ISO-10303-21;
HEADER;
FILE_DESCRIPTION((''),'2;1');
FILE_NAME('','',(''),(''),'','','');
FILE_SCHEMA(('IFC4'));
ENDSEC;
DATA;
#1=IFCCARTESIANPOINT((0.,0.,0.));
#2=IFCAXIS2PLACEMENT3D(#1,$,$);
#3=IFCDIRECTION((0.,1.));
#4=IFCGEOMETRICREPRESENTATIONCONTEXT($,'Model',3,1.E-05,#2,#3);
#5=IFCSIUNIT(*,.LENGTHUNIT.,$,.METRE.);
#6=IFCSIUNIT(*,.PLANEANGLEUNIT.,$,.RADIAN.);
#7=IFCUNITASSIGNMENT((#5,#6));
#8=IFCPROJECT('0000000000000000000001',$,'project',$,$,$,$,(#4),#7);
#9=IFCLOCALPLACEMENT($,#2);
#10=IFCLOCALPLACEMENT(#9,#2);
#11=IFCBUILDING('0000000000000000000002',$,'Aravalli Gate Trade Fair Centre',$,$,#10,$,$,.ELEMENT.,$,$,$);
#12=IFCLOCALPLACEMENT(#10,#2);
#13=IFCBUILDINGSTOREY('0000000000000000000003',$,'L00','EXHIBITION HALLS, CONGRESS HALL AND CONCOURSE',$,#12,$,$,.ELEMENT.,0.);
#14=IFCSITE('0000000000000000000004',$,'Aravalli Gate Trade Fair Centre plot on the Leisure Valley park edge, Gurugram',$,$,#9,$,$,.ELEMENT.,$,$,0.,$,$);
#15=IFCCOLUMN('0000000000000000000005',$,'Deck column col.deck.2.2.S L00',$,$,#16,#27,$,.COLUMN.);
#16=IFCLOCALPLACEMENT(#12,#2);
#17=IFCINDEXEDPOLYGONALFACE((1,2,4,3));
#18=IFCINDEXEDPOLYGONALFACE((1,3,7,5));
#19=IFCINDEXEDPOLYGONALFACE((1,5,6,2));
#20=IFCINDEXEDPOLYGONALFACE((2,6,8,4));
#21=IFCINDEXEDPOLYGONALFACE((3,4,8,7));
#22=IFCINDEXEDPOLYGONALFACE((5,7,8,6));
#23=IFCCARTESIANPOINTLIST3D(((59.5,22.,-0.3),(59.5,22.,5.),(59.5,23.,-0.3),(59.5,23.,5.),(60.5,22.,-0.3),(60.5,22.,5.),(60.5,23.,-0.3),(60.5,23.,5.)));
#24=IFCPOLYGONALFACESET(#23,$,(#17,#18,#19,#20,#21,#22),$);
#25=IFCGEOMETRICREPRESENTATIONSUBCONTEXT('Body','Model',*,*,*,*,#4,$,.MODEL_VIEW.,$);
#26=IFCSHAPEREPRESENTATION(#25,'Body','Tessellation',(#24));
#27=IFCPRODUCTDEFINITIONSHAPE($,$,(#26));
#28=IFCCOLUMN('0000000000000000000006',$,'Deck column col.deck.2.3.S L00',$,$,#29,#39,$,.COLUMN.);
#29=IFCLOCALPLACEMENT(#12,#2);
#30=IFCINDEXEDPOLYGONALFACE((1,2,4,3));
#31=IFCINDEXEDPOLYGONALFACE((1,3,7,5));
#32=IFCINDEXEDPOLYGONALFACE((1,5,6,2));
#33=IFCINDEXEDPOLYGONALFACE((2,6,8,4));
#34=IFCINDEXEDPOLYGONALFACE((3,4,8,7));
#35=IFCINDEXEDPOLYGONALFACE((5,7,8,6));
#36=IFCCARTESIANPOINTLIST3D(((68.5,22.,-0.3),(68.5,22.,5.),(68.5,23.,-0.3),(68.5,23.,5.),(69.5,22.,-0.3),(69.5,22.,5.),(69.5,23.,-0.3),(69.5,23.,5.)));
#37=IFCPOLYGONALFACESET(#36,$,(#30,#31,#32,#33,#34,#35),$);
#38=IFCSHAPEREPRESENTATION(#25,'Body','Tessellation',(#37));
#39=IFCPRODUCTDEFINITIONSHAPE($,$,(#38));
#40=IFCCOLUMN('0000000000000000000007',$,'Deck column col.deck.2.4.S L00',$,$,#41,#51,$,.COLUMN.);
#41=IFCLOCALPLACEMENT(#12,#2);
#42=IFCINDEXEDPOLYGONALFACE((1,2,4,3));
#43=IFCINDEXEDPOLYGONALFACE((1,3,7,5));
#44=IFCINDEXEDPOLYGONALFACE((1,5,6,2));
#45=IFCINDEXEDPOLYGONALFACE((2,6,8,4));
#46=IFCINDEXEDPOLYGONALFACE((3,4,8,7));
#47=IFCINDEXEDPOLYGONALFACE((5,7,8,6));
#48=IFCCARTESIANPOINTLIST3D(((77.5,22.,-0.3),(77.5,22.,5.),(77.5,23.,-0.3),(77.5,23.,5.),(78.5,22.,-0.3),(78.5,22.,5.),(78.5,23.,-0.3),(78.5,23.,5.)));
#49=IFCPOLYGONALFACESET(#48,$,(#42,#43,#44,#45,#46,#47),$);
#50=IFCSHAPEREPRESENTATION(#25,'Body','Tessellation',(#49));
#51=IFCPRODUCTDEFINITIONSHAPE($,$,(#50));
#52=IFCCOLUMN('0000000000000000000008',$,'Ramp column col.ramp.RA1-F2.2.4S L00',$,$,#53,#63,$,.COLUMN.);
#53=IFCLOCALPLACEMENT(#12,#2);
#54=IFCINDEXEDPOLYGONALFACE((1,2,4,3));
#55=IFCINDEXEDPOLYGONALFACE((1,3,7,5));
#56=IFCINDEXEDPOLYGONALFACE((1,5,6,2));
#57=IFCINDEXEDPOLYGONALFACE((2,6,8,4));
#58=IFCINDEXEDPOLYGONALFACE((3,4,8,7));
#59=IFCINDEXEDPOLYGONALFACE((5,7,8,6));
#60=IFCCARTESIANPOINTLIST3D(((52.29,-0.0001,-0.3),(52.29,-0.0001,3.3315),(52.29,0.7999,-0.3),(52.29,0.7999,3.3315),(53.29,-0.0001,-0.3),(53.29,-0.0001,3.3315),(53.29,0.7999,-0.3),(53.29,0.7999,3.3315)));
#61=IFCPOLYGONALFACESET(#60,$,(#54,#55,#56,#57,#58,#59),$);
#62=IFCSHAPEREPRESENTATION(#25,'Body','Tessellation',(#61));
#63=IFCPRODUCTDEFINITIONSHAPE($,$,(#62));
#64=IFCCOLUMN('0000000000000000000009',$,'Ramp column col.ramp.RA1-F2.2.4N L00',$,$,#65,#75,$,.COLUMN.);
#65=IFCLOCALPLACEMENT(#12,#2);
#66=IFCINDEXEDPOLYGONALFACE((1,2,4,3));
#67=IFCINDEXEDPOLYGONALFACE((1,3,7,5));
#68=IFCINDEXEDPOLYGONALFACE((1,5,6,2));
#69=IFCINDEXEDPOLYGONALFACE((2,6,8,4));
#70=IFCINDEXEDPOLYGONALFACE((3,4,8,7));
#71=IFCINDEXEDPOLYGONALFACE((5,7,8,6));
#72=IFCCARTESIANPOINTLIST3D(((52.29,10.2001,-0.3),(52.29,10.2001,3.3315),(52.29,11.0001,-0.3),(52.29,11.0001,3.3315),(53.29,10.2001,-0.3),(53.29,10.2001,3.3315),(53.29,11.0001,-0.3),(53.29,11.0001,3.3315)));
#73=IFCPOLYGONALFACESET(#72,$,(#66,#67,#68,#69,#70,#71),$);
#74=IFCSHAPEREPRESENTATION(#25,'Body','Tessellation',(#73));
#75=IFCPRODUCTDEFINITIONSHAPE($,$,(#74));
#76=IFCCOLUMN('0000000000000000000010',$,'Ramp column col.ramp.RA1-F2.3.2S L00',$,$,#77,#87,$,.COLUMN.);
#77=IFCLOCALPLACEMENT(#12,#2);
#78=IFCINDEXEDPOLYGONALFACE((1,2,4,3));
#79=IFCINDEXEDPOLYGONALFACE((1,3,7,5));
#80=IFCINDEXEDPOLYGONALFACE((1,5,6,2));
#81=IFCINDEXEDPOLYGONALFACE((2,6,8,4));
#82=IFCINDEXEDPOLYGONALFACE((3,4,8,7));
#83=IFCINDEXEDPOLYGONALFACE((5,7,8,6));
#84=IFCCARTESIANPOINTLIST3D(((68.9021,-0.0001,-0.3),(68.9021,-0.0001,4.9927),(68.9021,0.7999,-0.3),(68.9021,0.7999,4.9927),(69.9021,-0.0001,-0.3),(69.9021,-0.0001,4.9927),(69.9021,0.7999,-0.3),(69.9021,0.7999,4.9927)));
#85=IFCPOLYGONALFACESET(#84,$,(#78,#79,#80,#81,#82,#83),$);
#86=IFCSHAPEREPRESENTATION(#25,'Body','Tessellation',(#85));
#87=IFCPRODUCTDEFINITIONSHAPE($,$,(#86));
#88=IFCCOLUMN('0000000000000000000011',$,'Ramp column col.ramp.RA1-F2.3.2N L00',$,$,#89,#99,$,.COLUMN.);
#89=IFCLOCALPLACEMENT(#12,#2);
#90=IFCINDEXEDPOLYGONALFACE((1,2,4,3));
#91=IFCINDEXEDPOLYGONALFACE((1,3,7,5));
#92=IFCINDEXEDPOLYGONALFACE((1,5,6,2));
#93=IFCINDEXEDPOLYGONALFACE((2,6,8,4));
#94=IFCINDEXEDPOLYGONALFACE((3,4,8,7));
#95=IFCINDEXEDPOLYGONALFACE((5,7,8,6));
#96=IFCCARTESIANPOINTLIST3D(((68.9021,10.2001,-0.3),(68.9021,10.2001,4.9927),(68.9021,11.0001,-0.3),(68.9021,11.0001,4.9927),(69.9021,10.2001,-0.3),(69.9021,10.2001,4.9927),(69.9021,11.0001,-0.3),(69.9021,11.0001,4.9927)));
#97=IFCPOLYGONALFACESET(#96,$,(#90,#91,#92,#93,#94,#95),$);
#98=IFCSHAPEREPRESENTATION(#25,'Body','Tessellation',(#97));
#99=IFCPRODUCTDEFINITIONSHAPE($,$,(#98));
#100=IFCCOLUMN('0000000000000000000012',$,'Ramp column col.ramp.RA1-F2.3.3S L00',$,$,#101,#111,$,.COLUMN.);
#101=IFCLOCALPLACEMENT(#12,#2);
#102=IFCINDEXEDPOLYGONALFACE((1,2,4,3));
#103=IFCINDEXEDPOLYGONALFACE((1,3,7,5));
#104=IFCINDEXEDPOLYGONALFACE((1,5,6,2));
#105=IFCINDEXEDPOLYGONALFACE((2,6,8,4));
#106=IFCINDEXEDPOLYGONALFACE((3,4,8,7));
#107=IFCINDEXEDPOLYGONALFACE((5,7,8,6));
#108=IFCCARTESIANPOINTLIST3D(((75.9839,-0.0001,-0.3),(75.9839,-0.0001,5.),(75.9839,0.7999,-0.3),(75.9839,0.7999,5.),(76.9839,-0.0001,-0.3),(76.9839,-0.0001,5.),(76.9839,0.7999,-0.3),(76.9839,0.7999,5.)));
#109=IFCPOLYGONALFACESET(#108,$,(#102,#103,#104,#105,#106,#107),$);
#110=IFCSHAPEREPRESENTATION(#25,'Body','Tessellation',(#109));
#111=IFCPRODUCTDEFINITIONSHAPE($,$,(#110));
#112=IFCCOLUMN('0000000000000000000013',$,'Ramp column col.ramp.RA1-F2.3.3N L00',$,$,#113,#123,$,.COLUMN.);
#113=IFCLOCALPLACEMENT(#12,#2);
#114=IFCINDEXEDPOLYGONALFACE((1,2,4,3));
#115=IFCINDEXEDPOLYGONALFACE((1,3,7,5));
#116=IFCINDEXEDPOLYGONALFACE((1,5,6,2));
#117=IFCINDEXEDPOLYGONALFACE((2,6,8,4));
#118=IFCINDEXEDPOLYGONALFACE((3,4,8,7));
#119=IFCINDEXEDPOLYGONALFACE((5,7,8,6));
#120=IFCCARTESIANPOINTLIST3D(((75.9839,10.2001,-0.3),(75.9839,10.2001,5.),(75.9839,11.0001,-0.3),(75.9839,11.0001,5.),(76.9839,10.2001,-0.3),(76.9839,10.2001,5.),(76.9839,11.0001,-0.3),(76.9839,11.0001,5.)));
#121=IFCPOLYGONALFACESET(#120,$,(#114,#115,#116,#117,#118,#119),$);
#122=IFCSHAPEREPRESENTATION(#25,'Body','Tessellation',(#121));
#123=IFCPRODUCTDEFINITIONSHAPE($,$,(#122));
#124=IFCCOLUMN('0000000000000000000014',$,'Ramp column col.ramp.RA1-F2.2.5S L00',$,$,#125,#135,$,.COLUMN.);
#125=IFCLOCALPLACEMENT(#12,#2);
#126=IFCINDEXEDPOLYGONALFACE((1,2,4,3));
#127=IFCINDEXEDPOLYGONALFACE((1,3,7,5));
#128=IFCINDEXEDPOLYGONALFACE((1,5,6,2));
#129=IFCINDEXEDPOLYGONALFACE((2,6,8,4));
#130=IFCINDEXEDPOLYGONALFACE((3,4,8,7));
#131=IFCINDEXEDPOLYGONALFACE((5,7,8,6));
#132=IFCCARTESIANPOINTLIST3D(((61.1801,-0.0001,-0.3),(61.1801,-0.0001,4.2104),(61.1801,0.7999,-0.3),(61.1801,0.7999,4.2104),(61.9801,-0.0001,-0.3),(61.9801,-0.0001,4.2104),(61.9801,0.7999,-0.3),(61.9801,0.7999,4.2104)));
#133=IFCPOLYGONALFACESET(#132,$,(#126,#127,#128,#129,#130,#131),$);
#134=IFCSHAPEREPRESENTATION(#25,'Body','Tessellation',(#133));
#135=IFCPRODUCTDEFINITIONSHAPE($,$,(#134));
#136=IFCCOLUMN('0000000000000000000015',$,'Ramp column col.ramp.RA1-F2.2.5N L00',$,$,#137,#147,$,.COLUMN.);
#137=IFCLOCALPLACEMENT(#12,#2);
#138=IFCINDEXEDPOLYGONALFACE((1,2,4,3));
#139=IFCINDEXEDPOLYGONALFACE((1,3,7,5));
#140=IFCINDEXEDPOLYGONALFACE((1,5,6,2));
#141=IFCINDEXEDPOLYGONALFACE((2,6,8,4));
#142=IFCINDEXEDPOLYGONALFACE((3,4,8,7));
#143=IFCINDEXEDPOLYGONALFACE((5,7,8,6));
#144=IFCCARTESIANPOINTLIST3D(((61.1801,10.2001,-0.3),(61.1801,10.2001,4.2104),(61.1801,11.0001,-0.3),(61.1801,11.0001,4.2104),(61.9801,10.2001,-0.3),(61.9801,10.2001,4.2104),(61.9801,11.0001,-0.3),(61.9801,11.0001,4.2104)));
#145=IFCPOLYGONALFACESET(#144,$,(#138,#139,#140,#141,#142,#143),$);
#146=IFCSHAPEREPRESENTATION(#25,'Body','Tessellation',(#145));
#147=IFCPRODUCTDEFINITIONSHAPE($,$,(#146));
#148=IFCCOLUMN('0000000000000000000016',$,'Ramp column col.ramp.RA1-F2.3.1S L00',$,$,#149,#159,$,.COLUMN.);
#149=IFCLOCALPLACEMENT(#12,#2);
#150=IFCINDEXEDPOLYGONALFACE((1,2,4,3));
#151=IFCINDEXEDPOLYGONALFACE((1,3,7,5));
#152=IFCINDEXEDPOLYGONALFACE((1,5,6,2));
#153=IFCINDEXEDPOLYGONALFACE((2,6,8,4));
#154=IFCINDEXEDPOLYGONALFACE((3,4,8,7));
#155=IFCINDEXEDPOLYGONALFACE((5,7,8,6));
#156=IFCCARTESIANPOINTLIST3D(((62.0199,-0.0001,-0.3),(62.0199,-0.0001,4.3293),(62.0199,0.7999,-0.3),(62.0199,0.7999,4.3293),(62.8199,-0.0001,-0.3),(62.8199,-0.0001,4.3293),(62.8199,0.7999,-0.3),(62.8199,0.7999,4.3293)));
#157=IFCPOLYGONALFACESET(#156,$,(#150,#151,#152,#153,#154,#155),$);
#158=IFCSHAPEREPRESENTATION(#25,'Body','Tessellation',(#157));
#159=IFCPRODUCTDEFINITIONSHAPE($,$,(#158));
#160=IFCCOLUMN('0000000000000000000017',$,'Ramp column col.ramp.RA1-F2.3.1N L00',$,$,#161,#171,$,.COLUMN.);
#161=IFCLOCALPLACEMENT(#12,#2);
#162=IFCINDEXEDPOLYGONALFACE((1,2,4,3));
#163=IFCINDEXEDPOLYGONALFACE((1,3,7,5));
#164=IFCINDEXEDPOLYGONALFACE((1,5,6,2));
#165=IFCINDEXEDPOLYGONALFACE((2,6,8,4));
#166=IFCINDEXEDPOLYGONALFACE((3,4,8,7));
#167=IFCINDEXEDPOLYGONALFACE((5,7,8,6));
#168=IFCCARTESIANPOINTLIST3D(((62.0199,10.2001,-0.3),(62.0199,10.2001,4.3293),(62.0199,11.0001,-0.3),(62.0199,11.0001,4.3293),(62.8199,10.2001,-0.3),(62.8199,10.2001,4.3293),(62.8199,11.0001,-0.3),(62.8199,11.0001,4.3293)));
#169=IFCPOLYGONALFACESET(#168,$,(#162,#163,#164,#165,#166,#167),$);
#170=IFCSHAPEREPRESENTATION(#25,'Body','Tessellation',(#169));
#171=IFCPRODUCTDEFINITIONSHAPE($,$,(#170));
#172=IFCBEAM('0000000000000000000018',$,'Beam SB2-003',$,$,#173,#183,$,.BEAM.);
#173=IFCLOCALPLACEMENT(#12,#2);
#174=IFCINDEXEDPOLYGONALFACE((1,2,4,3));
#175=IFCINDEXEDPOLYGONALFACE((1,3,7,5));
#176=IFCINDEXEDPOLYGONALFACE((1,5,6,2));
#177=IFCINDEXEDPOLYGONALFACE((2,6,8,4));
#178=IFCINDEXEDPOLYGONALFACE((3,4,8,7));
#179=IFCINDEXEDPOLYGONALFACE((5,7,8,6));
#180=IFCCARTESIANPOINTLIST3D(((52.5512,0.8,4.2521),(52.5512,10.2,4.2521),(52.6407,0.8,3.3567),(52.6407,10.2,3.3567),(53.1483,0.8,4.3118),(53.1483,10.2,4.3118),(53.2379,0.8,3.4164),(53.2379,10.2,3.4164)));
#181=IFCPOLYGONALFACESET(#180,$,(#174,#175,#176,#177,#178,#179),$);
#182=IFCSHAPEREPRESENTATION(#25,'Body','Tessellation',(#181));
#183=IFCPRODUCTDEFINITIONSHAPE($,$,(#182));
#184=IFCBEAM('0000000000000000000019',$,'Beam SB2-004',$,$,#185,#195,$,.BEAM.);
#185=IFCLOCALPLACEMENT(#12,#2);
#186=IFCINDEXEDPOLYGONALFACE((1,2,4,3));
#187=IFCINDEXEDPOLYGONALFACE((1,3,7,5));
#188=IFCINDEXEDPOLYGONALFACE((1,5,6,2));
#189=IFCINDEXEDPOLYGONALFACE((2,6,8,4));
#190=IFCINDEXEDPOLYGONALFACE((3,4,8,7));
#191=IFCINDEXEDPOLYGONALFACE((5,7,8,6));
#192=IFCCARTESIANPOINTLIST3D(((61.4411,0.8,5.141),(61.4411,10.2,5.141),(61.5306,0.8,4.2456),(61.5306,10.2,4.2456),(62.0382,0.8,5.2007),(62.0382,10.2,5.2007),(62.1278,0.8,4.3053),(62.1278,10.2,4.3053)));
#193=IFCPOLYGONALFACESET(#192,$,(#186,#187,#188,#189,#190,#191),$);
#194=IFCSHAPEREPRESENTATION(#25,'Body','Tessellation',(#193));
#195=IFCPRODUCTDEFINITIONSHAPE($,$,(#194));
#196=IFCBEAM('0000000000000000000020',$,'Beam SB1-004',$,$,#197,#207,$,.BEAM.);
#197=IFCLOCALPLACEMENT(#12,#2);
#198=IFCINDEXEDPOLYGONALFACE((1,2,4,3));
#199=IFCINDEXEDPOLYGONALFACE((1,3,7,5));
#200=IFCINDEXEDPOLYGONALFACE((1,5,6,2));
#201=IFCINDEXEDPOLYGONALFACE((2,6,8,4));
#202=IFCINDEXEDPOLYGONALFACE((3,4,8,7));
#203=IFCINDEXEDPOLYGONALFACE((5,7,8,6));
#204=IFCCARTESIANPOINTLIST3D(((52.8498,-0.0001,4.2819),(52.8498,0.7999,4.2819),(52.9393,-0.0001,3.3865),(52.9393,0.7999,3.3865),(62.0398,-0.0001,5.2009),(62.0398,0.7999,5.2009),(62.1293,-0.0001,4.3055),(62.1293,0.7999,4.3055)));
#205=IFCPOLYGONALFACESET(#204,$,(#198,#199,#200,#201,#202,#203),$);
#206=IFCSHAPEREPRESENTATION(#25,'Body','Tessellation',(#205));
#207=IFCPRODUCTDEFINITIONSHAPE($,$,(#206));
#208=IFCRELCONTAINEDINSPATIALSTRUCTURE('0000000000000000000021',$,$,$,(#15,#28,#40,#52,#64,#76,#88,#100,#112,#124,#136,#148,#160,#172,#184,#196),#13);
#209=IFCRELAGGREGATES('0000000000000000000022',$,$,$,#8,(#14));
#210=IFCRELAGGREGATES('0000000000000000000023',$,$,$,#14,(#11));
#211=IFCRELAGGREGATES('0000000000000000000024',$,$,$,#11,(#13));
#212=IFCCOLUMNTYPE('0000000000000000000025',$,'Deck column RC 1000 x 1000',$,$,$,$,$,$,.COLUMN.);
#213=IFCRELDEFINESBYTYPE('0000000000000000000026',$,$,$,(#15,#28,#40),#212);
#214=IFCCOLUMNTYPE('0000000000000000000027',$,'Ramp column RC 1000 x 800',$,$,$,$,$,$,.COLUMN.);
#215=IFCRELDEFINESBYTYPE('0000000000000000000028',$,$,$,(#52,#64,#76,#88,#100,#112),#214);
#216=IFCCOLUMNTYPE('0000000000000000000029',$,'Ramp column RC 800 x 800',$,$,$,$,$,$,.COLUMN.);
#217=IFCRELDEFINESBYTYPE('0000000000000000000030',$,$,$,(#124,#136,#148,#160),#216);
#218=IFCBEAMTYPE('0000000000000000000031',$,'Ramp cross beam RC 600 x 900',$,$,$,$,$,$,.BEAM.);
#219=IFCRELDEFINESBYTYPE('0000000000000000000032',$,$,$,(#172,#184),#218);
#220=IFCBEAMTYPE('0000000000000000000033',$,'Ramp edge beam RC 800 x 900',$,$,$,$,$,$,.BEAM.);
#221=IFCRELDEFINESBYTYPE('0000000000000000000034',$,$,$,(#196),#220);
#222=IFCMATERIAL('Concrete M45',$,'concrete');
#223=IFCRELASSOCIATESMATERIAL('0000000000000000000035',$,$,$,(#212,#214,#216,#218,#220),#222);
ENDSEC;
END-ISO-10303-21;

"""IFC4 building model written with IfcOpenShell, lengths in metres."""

from ifc_helpers import new_model, si_unit, direction, frame, origin, origin_2d, place, context, subcontext, project, spatial, rectangle, extrude, material, material_profile, profile_set, type_object, element, save


model = new_model("IFC4")

# Units and contexts
model_context = context("Model", 3, precision=1e-05, world=origin(), true_north=direction((0.0, 1.0)))
body_context = subcontext(model_context, "Body", "Model", "MODEL_VIEW")
ifc_project = project(units=[si_unit("LENGTHUNIT", "METRE"), si_unit("PLANEANGLEUNIT", "RADIAN")], contexts=[model_context])

# Site, building, storey
site_placement = place(None, origin())
site = spatial("IfcSite", under=ifc_project, at=site_placement, Name="Aravalli Gate Trade Fair Centre plot on the Leisure Valley park edge, Gurugram", CompositionType="ELEMENT", RefElevation=0.0)
building_placement = place(site_placement, origin())
building = spatial("IfcBuilding", under=site, at=building_placement, Name="Aravalli Gate Trade Fair Centre", CompositionType="ELEMENT")
storey_placement = place(building_placement, origin())
storey = spatial("IfcBuildingStorey", under=building, at=storey_placement, Name="L00", Description="EXHIBITION HALLS, CONGRESS HALL AND CONCOURSE", CompositionType="ELEMENT", Elevation=0.0)

# Columns
ifc_material = material(Name="Concrete M45", Category="concrete")
ifc_material_profile_1 = material_profile(ifc_material, rectangle(XDim=1.0, YDim=1.0, at=origin_2d()), Name="Deck column RC 1000 x 1000")
ifc_profile_set_1 = profile_set([ifc_material_profile_1], Name="Concrete M45")
column_type_1 = type_object("IfcColumnType", Name="Deck column RC 1000 x 1000", PredefinedType="COLUMN", material=ifc_profile_set_1)
for number, where, z_axis, x_axis, name in (
    (1, (60.0, 22.5, -0.3), (0.0, 0.0, 1.0), (1.0, 0.0, 0.0), "Deck column col.deck.2.2.S L00"),
    (2, (69.0, 22.5, -0.3), (0.0, 0.0, 1.0), (1.0, 0.0, 0.0), "Deck column col.deck.2.3.S L00"),
    (3, (78.0, 22.5, -0.3), (0.0, 0.0, 1.0), (1.0, 0.0, 0.0), "Deck column col.deck.2.4.S L00"),
):
    element("IfcColumn", number, at=place(storey_placement, frame(where, z_axis=z_axis, x_axis=x_axis)), inside=storey, type_object=column_type_1, Name=name, PredefinedType="COLUMN", context=body_context, shape_type="SweptSolid", body=[
        extrude(rectangle(XDim=1.0, YDim=1.0, at=origin_2d()), origin(), (0.0, 0.0, 1.0), 5.3),
    ])
ifc_material_profile_2 = material_profile(ifc_material, rectangle(XDim=1.0, YDim=0.8, at=origin_2d()), Name="Ramp column RC 1000 x 800")
ifc_profile_set_2 = profile_set([ifc_material_profile_2], Name="Concrete M45")
column_type_2 = type_object("IfcColumnType", Name="Ramp column RC 1000 x 800", PredefinedType="COLUMN", material=ifc_profile_set_2)
for number, where, z_axis, x_axis, name in (
    (4, (52.79, 0.3999, -0.3), (0.0, 0.0, 1.0), (1.0, 0.0, 0.0), "Ramp column col.ramp.RA1-F2.2.4S L00"),
    (5, (52.79, 10.6001, -0.3), (0.0, 0.0, 1.0), (1.0, 0.0, 0.0), "Ramp column col.ramp.RA1-F2.2.4N L00"),
):
    element("IfcColumn", number, at=place(storey_placement, frame(where, z_axis=z_axis, x_axis=x_axis)), inside=storey, type_object=column_type_2, Name=name, PredefinedType="COLUMN", context=body_context, shape_type="SweptSolid", body=[
        extrude(rectangle(XDim=1.0, YDim=0.8, at=origin_2d()), origin(), (0.0, 0.0, 1.0), 3.6316),
    ])
for number, where, z_axis, x_axis, name in (
    (6, (69.4021, 0.3999, -0.3), (0.0, 0.0, 1.0), (1.0, 0.0, 0.0), "Ramp column col.ramp.RA1-F2.3.2S L00"),
    (7, (69.4021, 10.6001, -0.3), (0.0, 0.0, 1.0), (1.0, 0.0, 0.0), "Ramp column col.ramp.RA1-F2.3.2N L00"),
):
    element("IfcColumn", number, at=place(storey_placement, frame(where, z_axis=z_axis, x_axis=x_axis)), inside=storey, type_object=column_type_2, Name=name, PredefinedType="COLUMN", context=body_context, shape_type="SweptSolid", body=[
        extrude(rectangle(XDim=1.0, YDim=0.8, at=origin_2d()), origin(), (0.0, 0.0, 1.0), 5.2927),
    ])
for number, where, z_axis, x_axis, name in (
    (8, (76.4839, 0.3999, -0.3), (0.0, 0.0, 1.0), (1.0, 0.0, 0.0), "Ramp column col.ramp.RA1-F2.3.3S L00"),
    (9, (76.4839, 10.6001, -0.3), (0.0, 0.0, 1.0), (1.0, 0.0, 0.0), "Ramp column col.ramp.RA1-F2.3.3N L00"),
):
    element("IfcColumn", number, at=place(storey_placement, frame(where, z_axis=z_axis, x_axis=x_axis)), inside=storey, type_object=column_type_2, Name=name, PredefinedType="COLUMN", context=body_context, shape_type="SweptSolid", body=[
        extrude(rectangle(XDim=1.0, YDim=0.8, at=origin_2d()), origin(), (0.0, 0.0, 1.0), 5.3),
    ])
ifc_material_profile_3 = material_profile(ifc_material, rectangle(XDim=0.8, YDim=0.8, at=origin_2d()), Name="Ramp column RC 800 x 800")
ifc_profile_set_3 = profile_set([ifc_material_profile_3], Name="Concrete M45")
column_type_3 = type_object("IfcColumnType", Name="Ramp column RC 800 x 800", PredefinedType="COLUMN", material=ifc_profile_set_3)
for number, where, z_axis, x_axis, name in (
    (10, (61.5801, 0.3999, -0.3), (0.0, 0.0, 1.0), (1.0, 0.0, 0.0), "Ramp column col.ramp.RA1-F2.2.5S L00"),
    (11, (61.5801, 10.6001, -0.3), (0.0, 0.0, 1.0), (1.0, 0.0, 0.0), "Ramp column col.ramp.RA1-F2.2.5N L00"),
):
    element("IfcColumn", number, at=place(storey_placement, frame(where, z_axis=z_axis, x_axis=x_axis)), inside=storey, type_object=column_type_3, Name=name, PredefinedType="COLUMN", context=body_context, shape_type="SweptSolid", body=[
        extrude(rectangle(XDim=0.8, YDim=0.8, at=origin_2d()), origin(), (0.0, 0.0, 1.0), 4.5105),
    ])
for number, where, z_axis, x_axis, name in (
    (12, (62.4199, 0.3999, -0.3), (0.0, 0.0, 1.0), (1.0, 0.0, 0.0), "Ramp column col.ramp.RA1-F2.3.1S L00"),
    (13, (62.4199, 10.6001, -0.3), (0.0, 0.0, 1.0), (1.0, 0.0, 0.0), "Ramp column col.ramp.RA1-F2.3.1N L00"),
):
    element("IfcColumn", number, at=place(storey_placement, frame(where, z_axis=z_axis, x_axis=x_axis)), inside=storey, type_object=column_type_3, Name=name, PredefinedType="COLUMN", context=body_context, shape_type="SweptSolid", body=[
        extrude(rectangle(XDim=0.8, YDim=0.8, at=origin_2d()), origin(), (0.0, 0.0, 1.0), 4.6294),
    ])

# Beams
ifc_material_profile_4 = material_profile(ifc_material, rectangle(XDim=0.6001, YDim=0.8999, at=origin_2d()), Name="Ramp cross beam RC 600 x 900")
ifc_profile_set_4 = profile_set([ifc_material_profile_4], Name="Concrete M45")
beam_type_1 = type_object("IfcBeamType", Name="Ramp cross beam RC 600 x 900", PredefinedType="BEAM", material=ifc_profile_set_4)
for number, where, z_axis, x_axis, name in (
    (14, (52.8945, 0.8, 3.8342), (0.0, 1.0, 0.0), (-0.995037, 0.0, -0.099504), "Beam SB2-003"),
    (15, (61.7844, 0.8, 4.7231), (0.0, 1.0, 0.0), (-0.995037, 0.0, -0.099504), "Beam SB2-004"),
):
    element("IfcBeam", number, at=place(storey_placement, frame(where, z_axis=z_axis, x_axis=x_axis)), inside=storey, type_object=beam_type_1, Name=name, PredefinedType="BEAM", context=body_context, shape_type="SweptSolid", body=[
        extrude(rectangle(XDim=0.6001, YDim=0.8999, at=origin_2d()), origin(), (0.0, 0.0, 1.0), 9.3999),
    ])
ifc_material_profile_5 = material_profile(ifc_material, rectangle(XDim=0.8, YDim=0.8999, at=origin_2d()), Name="Ramp edge beam RC 800 x 900")
ifc_profile_set_5 = profile_set([ifc_material_profile_5], Name="Concrete M45")
beam_type_2 = type_object("IfcBeamType", Name="Ramp edge beam RC 800 x 900", PredefinedType="BEAM", material=ifc_profile_set_5)
for number, where, z_axis, x_axis, name in (
    (16, (52.8945, 0.3999, 3.8342), (0.995038, 0.0, 0.099498), (0.0, 1.0, 0.0), "Beam SB1-004"),
):
    element("IfcBeam", number, at=place(storey_placement, frame(where, z_axis=z_axis, x_axis=x_axis)), inside=storey, type_object=beam_type_2, Name=name, PredefinedType="BEAM", context=body_context, shape_type="SweptSolid", body=[
        extrude(rectangle(XDim=0.8, YDim=0.8999, at=origin_2d()), origin(), (0.0, 0.0, 1.0), 9.2358),
    ])

save(model, "model.ifc")
